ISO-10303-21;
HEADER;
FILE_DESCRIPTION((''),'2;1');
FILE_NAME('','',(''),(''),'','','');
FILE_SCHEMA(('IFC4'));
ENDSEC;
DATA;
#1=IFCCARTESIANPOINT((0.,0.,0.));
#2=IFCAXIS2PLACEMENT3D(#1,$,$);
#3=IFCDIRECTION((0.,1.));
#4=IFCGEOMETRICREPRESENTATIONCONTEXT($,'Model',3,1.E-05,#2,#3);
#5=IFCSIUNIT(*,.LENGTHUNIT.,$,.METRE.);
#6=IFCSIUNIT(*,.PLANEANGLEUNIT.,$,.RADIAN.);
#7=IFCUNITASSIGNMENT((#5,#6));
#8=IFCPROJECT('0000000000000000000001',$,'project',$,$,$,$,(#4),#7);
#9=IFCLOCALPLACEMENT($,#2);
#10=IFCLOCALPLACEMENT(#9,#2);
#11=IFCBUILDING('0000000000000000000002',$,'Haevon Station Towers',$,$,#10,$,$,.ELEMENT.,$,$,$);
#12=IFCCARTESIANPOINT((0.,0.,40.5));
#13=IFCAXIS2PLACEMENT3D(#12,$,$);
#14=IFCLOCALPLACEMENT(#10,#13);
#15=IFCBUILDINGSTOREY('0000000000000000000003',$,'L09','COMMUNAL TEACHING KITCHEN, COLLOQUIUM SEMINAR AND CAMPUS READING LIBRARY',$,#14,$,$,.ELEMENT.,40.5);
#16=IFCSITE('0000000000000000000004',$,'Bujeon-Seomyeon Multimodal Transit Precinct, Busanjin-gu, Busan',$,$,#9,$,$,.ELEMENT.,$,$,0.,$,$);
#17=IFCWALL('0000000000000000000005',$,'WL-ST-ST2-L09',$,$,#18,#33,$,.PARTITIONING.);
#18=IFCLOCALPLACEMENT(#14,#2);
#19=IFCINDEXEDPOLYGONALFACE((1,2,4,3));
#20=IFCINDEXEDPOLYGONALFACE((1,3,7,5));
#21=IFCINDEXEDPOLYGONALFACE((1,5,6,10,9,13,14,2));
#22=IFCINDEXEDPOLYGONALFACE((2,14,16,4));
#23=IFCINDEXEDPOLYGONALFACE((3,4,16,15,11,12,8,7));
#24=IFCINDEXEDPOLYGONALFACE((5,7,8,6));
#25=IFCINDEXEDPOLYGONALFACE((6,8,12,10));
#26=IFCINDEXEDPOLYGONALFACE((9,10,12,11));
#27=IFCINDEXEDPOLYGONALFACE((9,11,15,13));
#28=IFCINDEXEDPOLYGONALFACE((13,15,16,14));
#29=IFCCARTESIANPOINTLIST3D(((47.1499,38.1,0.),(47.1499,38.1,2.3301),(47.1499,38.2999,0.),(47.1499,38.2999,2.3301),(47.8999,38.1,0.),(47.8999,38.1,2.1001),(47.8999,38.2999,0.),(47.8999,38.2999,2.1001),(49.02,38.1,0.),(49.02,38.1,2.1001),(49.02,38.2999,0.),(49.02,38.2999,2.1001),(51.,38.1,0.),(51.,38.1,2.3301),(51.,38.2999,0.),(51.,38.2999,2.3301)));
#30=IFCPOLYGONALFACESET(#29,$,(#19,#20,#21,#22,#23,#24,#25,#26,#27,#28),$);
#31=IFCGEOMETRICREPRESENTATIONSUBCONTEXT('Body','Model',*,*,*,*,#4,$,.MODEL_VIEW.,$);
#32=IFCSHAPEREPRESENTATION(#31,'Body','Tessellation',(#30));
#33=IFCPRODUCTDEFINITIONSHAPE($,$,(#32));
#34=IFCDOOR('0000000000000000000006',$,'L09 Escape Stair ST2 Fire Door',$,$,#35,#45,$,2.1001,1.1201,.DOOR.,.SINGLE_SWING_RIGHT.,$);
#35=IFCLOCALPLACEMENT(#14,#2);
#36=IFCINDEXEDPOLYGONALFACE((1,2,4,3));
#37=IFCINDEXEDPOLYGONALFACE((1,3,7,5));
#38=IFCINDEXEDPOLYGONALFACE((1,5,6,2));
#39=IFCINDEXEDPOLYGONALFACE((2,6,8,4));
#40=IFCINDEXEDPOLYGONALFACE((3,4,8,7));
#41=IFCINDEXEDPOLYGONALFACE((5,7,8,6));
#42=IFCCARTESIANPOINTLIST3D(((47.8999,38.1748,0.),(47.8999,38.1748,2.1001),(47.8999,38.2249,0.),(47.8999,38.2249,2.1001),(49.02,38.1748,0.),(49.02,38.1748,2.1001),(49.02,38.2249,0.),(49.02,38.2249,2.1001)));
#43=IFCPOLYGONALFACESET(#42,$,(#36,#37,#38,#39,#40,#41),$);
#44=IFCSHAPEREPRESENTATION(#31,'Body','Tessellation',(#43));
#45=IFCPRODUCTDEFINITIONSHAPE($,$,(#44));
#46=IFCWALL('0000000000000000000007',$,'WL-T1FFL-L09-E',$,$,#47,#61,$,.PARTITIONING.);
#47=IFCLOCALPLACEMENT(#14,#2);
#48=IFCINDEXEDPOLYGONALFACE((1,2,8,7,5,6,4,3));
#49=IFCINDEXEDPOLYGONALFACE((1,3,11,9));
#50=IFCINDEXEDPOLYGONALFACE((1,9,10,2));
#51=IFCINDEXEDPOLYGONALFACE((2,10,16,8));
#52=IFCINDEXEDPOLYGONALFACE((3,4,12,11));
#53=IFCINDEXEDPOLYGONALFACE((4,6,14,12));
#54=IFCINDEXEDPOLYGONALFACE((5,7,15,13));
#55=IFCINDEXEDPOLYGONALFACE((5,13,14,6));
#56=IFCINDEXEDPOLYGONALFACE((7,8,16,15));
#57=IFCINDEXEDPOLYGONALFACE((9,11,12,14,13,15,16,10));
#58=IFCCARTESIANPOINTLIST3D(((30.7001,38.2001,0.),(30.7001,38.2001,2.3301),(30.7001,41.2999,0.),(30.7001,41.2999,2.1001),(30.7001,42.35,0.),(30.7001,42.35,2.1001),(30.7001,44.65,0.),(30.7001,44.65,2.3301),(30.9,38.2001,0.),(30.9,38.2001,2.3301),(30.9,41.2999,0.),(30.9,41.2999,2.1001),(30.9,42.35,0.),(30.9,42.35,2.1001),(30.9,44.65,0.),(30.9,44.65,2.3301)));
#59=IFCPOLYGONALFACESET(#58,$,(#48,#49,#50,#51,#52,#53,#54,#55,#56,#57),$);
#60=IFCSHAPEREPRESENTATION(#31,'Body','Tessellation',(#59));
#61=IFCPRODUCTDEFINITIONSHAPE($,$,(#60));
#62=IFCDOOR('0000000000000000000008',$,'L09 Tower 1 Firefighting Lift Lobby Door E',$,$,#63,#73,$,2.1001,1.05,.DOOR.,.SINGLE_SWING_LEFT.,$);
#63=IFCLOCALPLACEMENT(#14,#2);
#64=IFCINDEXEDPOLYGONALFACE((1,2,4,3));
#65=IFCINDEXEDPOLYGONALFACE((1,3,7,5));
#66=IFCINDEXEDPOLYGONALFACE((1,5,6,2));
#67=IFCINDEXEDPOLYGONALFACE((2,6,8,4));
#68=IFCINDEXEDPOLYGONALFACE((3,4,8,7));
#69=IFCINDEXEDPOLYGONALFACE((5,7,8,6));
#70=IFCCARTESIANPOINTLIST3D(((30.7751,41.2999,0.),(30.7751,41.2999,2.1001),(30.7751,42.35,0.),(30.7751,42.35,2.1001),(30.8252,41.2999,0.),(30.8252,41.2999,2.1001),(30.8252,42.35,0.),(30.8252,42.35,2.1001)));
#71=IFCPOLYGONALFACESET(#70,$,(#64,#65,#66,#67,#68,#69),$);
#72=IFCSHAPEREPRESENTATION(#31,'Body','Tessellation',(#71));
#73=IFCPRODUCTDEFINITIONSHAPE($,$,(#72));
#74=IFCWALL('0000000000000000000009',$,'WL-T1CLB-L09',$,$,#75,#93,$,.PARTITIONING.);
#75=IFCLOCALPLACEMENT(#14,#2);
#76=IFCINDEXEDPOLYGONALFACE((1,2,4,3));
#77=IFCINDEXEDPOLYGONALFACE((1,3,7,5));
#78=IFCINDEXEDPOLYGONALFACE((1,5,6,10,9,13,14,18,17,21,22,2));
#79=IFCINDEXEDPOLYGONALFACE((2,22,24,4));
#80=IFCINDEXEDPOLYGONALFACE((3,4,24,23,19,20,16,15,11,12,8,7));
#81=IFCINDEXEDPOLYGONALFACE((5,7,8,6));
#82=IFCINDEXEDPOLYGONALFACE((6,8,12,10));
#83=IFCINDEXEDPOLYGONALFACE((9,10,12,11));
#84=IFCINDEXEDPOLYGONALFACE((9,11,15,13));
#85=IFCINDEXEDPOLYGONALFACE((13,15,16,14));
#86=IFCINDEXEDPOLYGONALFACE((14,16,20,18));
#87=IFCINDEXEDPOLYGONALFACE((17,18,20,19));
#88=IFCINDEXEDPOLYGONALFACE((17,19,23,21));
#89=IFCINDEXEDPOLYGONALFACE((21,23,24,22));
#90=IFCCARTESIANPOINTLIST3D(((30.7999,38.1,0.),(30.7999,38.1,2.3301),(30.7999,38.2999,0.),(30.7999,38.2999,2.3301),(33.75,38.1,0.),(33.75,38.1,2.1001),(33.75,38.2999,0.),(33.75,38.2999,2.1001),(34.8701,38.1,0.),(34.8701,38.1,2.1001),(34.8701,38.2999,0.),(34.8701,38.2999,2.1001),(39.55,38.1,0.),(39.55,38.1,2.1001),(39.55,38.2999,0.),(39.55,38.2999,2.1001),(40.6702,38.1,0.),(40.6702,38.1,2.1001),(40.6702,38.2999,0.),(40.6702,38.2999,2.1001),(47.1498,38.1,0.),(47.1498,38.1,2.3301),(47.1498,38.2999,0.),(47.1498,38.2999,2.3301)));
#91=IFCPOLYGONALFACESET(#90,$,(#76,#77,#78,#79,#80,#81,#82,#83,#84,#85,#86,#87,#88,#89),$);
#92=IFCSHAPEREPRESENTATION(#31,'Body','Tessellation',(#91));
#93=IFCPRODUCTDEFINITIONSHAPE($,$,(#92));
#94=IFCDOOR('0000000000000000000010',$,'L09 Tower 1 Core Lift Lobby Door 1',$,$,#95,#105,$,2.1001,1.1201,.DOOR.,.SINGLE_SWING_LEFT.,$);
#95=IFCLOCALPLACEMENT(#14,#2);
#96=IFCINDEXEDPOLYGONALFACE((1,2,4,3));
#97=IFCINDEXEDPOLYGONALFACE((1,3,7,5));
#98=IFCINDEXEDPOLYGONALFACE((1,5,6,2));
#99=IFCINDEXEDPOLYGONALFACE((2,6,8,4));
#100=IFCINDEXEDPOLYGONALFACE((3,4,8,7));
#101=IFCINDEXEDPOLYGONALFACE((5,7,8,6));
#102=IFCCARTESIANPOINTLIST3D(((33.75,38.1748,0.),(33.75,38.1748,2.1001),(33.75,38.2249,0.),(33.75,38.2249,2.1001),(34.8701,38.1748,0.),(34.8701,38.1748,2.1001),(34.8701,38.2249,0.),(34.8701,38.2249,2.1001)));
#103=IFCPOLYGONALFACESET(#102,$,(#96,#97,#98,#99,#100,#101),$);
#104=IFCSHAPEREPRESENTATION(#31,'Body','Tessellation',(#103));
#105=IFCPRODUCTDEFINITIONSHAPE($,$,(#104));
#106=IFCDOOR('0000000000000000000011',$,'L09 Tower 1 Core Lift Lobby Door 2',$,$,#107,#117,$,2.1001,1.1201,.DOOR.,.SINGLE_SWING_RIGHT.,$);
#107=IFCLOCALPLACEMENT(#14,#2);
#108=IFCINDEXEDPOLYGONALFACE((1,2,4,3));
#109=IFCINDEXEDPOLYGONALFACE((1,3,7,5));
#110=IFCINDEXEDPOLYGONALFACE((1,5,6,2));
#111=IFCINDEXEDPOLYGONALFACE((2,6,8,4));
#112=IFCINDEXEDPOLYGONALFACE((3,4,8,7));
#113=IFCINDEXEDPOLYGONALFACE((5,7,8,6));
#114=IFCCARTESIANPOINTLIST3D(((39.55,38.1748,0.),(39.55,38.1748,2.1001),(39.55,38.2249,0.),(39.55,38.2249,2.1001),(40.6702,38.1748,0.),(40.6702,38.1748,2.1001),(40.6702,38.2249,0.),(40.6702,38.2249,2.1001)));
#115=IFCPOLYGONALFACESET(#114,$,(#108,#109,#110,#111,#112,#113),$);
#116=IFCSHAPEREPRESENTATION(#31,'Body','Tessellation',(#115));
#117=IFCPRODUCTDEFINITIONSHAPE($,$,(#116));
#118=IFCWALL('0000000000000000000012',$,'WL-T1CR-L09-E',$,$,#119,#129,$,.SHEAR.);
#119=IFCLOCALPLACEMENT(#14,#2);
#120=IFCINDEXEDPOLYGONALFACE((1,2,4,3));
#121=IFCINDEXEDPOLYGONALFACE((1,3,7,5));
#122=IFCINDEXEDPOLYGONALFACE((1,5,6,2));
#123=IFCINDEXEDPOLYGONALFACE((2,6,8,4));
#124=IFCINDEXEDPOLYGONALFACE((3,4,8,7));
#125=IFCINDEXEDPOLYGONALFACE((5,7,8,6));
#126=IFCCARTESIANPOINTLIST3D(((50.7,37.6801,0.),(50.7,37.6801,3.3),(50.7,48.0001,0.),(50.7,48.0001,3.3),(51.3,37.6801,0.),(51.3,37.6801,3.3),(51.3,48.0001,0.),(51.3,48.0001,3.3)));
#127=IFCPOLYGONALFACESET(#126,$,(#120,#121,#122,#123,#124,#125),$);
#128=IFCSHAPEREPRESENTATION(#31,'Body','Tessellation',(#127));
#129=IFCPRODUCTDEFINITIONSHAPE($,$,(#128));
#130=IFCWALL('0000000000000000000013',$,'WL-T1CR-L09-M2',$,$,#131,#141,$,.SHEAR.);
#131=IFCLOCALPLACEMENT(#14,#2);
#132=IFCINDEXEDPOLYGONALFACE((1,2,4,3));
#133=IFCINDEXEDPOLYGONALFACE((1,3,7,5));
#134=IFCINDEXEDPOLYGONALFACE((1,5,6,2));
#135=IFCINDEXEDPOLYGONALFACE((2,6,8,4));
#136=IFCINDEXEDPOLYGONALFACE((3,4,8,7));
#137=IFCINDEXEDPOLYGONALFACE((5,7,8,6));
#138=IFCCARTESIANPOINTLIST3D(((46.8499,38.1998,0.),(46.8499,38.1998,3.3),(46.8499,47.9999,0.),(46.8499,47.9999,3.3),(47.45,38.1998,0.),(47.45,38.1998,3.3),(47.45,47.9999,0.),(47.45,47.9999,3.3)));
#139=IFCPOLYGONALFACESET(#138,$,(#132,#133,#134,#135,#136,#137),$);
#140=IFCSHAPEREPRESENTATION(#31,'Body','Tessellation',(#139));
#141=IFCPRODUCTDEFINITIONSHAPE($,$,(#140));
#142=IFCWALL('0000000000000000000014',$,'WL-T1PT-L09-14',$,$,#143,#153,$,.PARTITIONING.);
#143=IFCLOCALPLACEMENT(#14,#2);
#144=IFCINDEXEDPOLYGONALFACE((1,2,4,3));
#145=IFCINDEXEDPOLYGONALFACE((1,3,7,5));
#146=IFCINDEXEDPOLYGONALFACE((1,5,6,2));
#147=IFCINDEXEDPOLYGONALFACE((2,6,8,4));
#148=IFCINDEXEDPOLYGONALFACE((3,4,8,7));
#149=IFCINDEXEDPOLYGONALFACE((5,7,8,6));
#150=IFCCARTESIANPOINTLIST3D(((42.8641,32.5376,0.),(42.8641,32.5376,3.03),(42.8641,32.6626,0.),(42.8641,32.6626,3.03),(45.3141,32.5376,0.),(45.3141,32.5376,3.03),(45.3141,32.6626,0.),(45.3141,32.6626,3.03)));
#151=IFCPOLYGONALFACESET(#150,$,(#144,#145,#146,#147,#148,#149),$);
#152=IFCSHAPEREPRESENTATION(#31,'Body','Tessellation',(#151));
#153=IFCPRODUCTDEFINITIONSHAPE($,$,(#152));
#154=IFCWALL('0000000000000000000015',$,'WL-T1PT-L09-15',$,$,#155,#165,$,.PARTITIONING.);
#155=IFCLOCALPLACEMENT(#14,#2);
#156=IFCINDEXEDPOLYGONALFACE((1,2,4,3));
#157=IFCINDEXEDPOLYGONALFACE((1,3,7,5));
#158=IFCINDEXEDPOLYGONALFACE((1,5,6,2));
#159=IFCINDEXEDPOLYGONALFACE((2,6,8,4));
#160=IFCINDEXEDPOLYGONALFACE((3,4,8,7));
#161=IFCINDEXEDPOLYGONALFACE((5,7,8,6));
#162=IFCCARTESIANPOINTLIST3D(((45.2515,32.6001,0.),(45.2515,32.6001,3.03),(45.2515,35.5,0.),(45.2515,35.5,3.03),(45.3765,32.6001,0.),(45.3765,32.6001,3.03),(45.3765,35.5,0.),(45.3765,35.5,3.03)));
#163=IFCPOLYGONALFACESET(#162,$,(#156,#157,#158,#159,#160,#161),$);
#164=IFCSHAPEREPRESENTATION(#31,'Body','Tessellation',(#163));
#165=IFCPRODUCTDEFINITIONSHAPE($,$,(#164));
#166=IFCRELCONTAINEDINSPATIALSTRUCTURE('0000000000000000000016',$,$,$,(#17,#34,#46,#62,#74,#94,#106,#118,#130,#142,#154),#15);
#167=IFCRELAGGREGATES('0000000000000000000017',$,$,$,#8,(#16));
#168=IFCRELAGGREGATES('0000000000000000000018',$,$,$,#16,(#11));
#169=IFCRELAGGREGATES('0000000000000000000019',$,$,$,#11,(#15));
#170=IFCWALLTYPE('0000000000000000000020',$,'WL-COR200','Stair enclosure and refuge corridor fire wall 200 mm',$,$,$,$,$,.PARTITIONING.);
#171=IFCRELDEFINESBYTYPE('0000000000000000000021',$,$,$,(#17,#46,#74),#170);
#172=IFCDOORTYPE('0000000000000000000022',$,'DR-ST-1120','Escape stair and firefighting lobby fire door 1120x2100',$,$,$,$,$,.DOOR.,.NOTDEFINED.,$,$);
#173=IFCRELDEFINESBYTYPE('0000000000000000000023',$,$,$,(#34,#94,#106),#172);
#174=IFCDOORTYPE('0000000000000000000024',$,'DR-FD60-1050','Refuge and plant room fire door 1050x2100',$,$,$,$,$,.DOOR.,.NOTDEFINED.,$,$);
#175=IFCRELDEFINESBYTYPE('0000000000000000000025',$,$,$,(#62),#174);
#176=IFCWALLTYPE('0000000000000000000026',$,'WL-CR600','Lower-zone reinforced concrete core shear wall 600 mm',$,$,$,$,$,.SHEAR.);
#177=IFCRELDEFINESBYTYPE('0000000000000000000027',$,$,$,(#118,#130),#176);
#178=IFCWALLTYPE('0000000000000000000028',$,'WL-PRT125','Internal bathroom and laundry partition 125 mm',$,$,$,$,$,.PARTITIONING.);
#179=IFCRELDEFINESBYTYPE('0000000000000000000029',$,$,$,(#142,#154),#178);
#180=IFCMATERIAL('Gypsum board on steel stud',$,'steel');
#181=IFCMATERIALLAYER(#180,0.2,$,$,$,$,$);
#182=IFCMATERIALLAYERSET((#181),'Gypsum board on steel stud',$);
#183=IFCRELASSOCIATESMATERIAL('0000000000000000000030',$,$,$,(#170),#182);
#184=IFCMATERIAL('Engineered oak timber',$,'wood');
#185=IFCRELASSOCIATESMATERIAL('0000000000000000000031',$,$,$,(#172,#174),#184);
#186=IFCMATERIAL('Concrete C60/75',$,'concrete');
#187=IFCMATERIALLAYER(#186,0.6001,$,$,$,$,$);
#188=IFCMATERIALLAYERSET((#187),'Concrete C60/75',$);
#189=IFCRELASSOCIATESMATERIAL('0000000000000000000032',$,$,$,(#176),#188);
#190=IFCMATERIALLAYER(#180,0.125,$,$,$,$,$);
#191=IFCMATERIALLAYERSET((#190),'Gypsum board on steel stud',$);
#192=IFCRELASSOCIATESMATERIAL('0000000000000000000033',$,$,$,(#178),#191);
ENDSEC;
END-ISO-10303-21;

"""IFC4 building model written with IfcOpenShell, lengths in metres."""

from ifc_helpers import new_model, si_unit, direction, frame, frame_2d, origin, place, context, subcontext, project, spatial, rectangle, extrude, material, layer, layer_set, type_object, element, fill, save


model = new_model("IFC4")

# Units and contexts
model_context = context("Model", 3, precision=1e-05, world=origin(), true_north=direction((0.0, 1.0)))
body_context = subcontext(model_context, "Body", "Model", "MODEL_VIEW")
ifc_project = project(units=[si_unit("LENGTHUNIT", "METRE"), si_unit("PLANEANGLEUNIT", "RADIAN")], contexts=[model_context])

# Site, building, storey
site_placement = place(None, origin())
site = spatial("IfcSite", under=ifc_project, at=site_placement, Name="Bujeon-Seomyeon Multimodal Transit Precinct, Busanjin-gu, Busan", CompositionType="ELEMENT", RefElevation=0.0)
building_placement = place(site_placement, origin())
building = spatial("IfcBuilding", under=site, at=building_placement, Name="Haevon Station Towers", CompositionType="ELEMENT")
storey_placement = place(building_placement, frame((0.0, 0.0, 40.5)))
storey = spatial("IfcBuildingStorey", under=building, at=storey_placement, Name="L09", Description="COMMUNAL TEACHING KITCHEN, COLLOQUIUM SEMINAR AND CAMPUS READING LIBRARY", CompositionType="ELEMENT", Elevation=40.5)

# Walls, openings, doors
ifc_material_1 = material(Name="Gypsum board on steel stud", Category="steel")
ifc_layer_1 = layer(ifc_material_1, 0.2)
ifc_layer_set_1 = layer_set([ifc_layer_1], Name="Gypsum board on steel stud")
wall_type_1 = type_object("IfcWallType", Name="WL-COR200", Description="Stair enclosure and refuge corridor fire wall 200 mm", PredefinedType="PARTITIONING", material=ifc_layer_set_1)
wall_1_placement = place(storey_placement, frame((47.1499, 38.2, 0.0), z_axis=(0.0, 0.0, 1.0), x_axis=(1.0, 0.0, 0.0)))
wall_1 = element("IfcWall", 1, at=wall_1_placement, inside=storey, type_object=wall_type_1, Name="WL-ST-ST2-L09", PredefinedType="PARTITIONING", context=body_context, shape_type="SweptSolid", body=[
    extrude(rectangle(XDim=3.8501, YDim=0.2, at=frame_2d((1.925, 0.0))), origin(), (0.0, 0.0, 1.0), 2.3301),
])
opening_1_placement = place(wall_1_placement, frame((0.75, 0.0, 0.0)))
opening_1 = element("IfcOpeningElement", 2, at=opening_1_placement, cuts=wall_1, PredefinedType="OPENING", context=body_context, shape_type="SweptSolid", body=[
    extrude(rectangle(XDim=1.1201, YDim=2.1001, at=frame_2d((0.5601, 1.05))), frame((0.0, 0.1099, 0.0), z_axis=(0.0, -1.0, 0.0), x_axis=(1.0, 0.0, 0.0)), (0.0, 0.0, 1.0), 0.22),
])
ifc_material_2 = material(Name="Engineered oak timber", Category="wood")
door_type_1 = type_object("IfcDoorType", Name="DR-ST-1120", Description="Escape stair and firefighting lobby fire door 1120x2100", OperationType="NOTDEFINED", PredefinedType="DOOR", material=ifc_material_2)
door_1_placement = place(opening_1_placement, origin())
door_1 = element("IfcDoor", 3, at=door_1_placement, inside=storey, type_object=door_type_1, Name="L09 Escape Stair ST2 Fire Door", OperationType="SINGLE_SWING_RIGHT", OverallHeight=2.1001, OverallWidth=1.1201, PredefinedType="DOOR", context=body_context, shape_type="SweptSolid", body=[
    extrude(rectangle(XDim=1.1201, YDim=2.1001, at=frame_2d((0.5601, 1.05))), frame((0.0, 0.0249, 0.0), z_axis=(0.0, -1.0, 0.0), x_axis=(1.0, 0.0, 0.0)), (0.0, 0.0, 1.0), 0.05),
])
fill(opening_1, door_1)
wall_2_placement = place(storey_placement, frame((30.8, 38.2, 0.0), z_axis=(0.0, 0.0, 1.0), x_axis=(0.0, 1.0, 0.0)))
wall_2 = element("IfcWall", 4, at=wall_2_placement, inside=storey, type_object=wall_type_1, Name="WL-T1FFL-L09-E", PredefinedType="PARTITIONING", context=body_context, shape_type="SweptSolid", body=[
    extrude(rectangle(XDim=6.45, YDim=0.2, at=frame_2d((3.2251, 0.0))), origin(), (0.0, 0.0, 1.0), 2.3301),
])
opening_2_placement = place(wall_2_placement, frame((3.1001, 0.0, 0.0)))
opening_2 = element("IfcOpeningElement", 5, at=opening_2_placement, cuts=wall_2, PredefinedType="OPENING", context=body_context, shape_type="SweptSolid", body=[
    extrude(rectangle(XDim=1.05, YDim=2.1001, at=frame_2d((0.5249, 1.05))), frame((0.0, 0.1099, 0.0), z_axis=(0.0, -1.0, 0.0), x_axis=(1.0, 0.0, 0.0)), (0.0, 0.0, 1.0), 0.22),
])
door_type_2 = type_object("IfcDoorType", Name="DR-FD60-1050", Description="Refuge and plant room fire door 1050x2100", OperationType="NOTDEFINED", PredefinedType="DOOR", material=ifc_material_2)
door_2_placement = place(opening_2_placement, origin())
door_2 = element("IfcDoor", 6, at=door_2_placement, inside=storey, type_object=door_type_2, Name="L09 Tower 1 Firefighting Lift Lobby Door E", OperationType="SINGLE_SWING_LEFT", OverallHeight=2.1001, OverallWidth=1.05, PredefinedType="DOOR", context=body_context, shape_type="SweptSolid", body=[
    extrude(rectangle(XDim=1.05, YDim=2.1001, at=frame_2d((0.5249, 1.05))), frame((0.0, 0.0249, 0.0), z_axis=(0.0, -1.0, 0.0), x_axis=(1.0, 0.0, 0.0)), (0.0, 0.0, 1.0), 0.05),
])
fill(opening_2, door_2)

# Wall, openings, doors
wall_3_placement = place(storey_placement, frame((30.8, 38.2, 0.0), z_axis=(0.0, 0.0, 1.0), x_axis=(1.0, 0.0, 0.0)))
wall_3 = element("IfcWall", 7, at=wall_3_placement, inside=storey, type_object=wall_type_1, Name="WL-T1CLB-L09", PredefinedType="PARTITIONING", context=body_context, shape_type="SweptSolid", body=[
    extrude(rectangle(XDim=16.3499, YDim=0.2, at=frame_2d((8.1748, 0.0))), origin(), (0.0, 0.0, 1.0), 2.3301),
])
opening_3_placement = place(wall_3_placement, frame((2.95, 0.0, 0.0)))
opening_3 = element("IfcOpeningElement", 8, at=opening_3_placement, cuts=wall_3, PredefinedType="OPENING", context=body_context, shape_type="SweptSolid", body=[
    extrude(rectangle(XDim=1.1201, YDim=2.1001, at=frame_2d((0.5601, 1.05))), frame((0.0, 0.1099, 0.0), z_axis=(0.0, -1.0, 0.0), x_axis=(1.0, 0.0, 0.0)), (0.0, 0.0, 1.0), 0.22),
])
opening_4_placement = place(wall_3_placement, frame((8.75, 0.0, 0.0)))
opening_4 = element("IfcOpeningElement", 9, at=opening_4_placement, cuts=wall_3, PredefinedType="OPENING", context=body_context, shape_type="SweptSolid", body=[
    extrude(rectangle(XDim=1.1201, YDim=2.1001, at=frame_2d((0.5601, 1.05))), frame((0.0, 0.1099, 0.0), z_axis=(0.0, -1.0, 0.0), x_axis=(1.0, 0.0, 0.0)), (0.0, 0.0, 1.0), 0.22),
])
door_3_placement = place(opening_3_placement, origin())
door_3 = element("IfcDoor", 10, at=door_3_placement, inside=storey, type_object=door_type_1, Name="L09 Tower 1 Core Lift Lobby Door 1", OperationType="SINGLE_SWING_LEFT", OverallHeight=2.1001, OverallWidth=1.1201, PredefinedType="DOOR", context=body_context, shape_type="SweptSolid", body=[
    extrude(rectangle(XDim=1.1201, YDim=2.1001, at=frame_2d((0.5601, 1.05))), frame((0.0, 0.0249, 0.0), z_axis=(0.0, -1.0, 0.0), x_axis=(1.0, 0.0, 0.0)), (0.0, 0.0, 1.0), 0.05),
])
fill(opening_3, door_3)
door_4_placement = place(opening_4_placement, origin())
door_4 = element("IfcDoor", 11, at=door_4_placement, inside=storey, type_object=door_type_1, Name="L09 Tower 1 Core Lift Lobby Door 2", OperationType="SINGLE_SWING_RIGHT", OverallHeight=2.1001, OverallWidth=1.1201, PredefinedType="DOOR", context=body_context, shape_type="SweptSolid", body=[
    extrude(rectangle(XDim=1.1201, YDim=2.1001, at=frame_2d((0.5601, 1.05))), frame((0.0, 0.0249, 0.0), z_axis=(0.0, -1.0, 0.0), x_axis=(1.0, 0.0, 0.0)), (0.0, 0.0, 1.0), 0.05),
])
fill(opening_4, door_4)

# Walls
ifc_material_3 = material(Name="Concrete C60/75", Category="concrete")
ifc_layer_2 = layer(ifc_material_3, 0.6001)
ifc_layer_set_2 = layer_set([ifc_layer_2], Name="Concrete C60/75")
wall_type_2 = type_object("IfcWallType", Name="WL-CR600", Description="Lower-zone reinforced concrete core shear wall 600 mm", PredefinedType="SHEAR", material=ifc_layer_set_2)
wall_4_placement = place(storey_placement, frame((51.0, 37.6799, 0.0), z_axis=(0.0, 0.0, 1.0), x_axis=(0.0, 1.0, 0.0)))
element("IfcWall", 12, at=wall_4_placement, inside=storey, type_object=wall_type_2, Name="WL-T1CR-L09-E", PredefinedType="SHEAR", context=body_context, shape_type="SweptSolid", body=[
    extrude(rectangle(XDim=10.3201, YDim=0.6001, at=frame_2d((5.1602, 0.0))), origin(), (0.0, 0.0, 1.0), 3.3),
])
wall_5_placement = place(storey_placement, frame((47.1499, 38.2, 0.0), z_axis=(0.0, 0.0, 1.0), x_axis=(0.0, 1.0, 0.0)))
element("IfcWall", 13, at=wall_5_placement, inside=storey, type_object=wall_type_2, Name="WL-T1CR-L09-M2", PredefinedType="SHEAR", context=body_context, shape_type="SweptSolid", body=[
    extrude(rectangle(XDim=9.8, YDim=0.6001, at=frame_2d((4.8999, 0.0))), origin(), (0.0, 0.0, 1.0), 3.3),
])
ifc_layer_3 = layer(ifc_material_1, 0.125)
ifc_layer_set_3 = layer_set([ifc_layer_3], Name="Gypsum board on steel stud")
wall_type_3 = type_object("IfcWallType", Name="WL-PRT125", Description="Internal bathroom and laundry partition 125 mm", PredefinedType="PARTITIONING", material=ifc_layer_set_3)
wall_6_placement = place(storey_placement, frame((42.864, 32.6001, 0.0), z_axis=(0.0, 0.0, 1.0), x_axis=(1.0, 0.0, 0.0)))
element("IfcWall", 14, at=wall_6_placement, inside=storey, type_object=wall_type_3, Name="WL-T1PT-L09-14", PredefinedType="PARTITIONING", context=body_context, shape_type="SweptSolid", body=[
    extrude(rectangle(XDim=2.45, YDim=0.125, at=frame_2d((1.2251, 0.0))), origin(), (0.0, 0.0, 1.0), 3.03),
])
wall_7_placement = place(storey_placement, frame((45.314, 32.6001, 0.0), z_axis=(0.0, 0.0, 1.0), x_axis=(0.0, 1.0, 0.0)))
element("IfcWall", 15, at=wall_7_placement, inside=storey, type_object=wall_type_3, Name="WL-T1PT-L09-15", PredefinedType="PARTITIONING", context=body_context, shape_type="SweptSolid", body=[
    extrude(rectangle(XDim=2.8999, YDim=0.125, at=frame_2d((1.45, 0.0))), origin(), (0.0, 0.0, 1.0), 3.03),
])

save(model, "model.ifc")
